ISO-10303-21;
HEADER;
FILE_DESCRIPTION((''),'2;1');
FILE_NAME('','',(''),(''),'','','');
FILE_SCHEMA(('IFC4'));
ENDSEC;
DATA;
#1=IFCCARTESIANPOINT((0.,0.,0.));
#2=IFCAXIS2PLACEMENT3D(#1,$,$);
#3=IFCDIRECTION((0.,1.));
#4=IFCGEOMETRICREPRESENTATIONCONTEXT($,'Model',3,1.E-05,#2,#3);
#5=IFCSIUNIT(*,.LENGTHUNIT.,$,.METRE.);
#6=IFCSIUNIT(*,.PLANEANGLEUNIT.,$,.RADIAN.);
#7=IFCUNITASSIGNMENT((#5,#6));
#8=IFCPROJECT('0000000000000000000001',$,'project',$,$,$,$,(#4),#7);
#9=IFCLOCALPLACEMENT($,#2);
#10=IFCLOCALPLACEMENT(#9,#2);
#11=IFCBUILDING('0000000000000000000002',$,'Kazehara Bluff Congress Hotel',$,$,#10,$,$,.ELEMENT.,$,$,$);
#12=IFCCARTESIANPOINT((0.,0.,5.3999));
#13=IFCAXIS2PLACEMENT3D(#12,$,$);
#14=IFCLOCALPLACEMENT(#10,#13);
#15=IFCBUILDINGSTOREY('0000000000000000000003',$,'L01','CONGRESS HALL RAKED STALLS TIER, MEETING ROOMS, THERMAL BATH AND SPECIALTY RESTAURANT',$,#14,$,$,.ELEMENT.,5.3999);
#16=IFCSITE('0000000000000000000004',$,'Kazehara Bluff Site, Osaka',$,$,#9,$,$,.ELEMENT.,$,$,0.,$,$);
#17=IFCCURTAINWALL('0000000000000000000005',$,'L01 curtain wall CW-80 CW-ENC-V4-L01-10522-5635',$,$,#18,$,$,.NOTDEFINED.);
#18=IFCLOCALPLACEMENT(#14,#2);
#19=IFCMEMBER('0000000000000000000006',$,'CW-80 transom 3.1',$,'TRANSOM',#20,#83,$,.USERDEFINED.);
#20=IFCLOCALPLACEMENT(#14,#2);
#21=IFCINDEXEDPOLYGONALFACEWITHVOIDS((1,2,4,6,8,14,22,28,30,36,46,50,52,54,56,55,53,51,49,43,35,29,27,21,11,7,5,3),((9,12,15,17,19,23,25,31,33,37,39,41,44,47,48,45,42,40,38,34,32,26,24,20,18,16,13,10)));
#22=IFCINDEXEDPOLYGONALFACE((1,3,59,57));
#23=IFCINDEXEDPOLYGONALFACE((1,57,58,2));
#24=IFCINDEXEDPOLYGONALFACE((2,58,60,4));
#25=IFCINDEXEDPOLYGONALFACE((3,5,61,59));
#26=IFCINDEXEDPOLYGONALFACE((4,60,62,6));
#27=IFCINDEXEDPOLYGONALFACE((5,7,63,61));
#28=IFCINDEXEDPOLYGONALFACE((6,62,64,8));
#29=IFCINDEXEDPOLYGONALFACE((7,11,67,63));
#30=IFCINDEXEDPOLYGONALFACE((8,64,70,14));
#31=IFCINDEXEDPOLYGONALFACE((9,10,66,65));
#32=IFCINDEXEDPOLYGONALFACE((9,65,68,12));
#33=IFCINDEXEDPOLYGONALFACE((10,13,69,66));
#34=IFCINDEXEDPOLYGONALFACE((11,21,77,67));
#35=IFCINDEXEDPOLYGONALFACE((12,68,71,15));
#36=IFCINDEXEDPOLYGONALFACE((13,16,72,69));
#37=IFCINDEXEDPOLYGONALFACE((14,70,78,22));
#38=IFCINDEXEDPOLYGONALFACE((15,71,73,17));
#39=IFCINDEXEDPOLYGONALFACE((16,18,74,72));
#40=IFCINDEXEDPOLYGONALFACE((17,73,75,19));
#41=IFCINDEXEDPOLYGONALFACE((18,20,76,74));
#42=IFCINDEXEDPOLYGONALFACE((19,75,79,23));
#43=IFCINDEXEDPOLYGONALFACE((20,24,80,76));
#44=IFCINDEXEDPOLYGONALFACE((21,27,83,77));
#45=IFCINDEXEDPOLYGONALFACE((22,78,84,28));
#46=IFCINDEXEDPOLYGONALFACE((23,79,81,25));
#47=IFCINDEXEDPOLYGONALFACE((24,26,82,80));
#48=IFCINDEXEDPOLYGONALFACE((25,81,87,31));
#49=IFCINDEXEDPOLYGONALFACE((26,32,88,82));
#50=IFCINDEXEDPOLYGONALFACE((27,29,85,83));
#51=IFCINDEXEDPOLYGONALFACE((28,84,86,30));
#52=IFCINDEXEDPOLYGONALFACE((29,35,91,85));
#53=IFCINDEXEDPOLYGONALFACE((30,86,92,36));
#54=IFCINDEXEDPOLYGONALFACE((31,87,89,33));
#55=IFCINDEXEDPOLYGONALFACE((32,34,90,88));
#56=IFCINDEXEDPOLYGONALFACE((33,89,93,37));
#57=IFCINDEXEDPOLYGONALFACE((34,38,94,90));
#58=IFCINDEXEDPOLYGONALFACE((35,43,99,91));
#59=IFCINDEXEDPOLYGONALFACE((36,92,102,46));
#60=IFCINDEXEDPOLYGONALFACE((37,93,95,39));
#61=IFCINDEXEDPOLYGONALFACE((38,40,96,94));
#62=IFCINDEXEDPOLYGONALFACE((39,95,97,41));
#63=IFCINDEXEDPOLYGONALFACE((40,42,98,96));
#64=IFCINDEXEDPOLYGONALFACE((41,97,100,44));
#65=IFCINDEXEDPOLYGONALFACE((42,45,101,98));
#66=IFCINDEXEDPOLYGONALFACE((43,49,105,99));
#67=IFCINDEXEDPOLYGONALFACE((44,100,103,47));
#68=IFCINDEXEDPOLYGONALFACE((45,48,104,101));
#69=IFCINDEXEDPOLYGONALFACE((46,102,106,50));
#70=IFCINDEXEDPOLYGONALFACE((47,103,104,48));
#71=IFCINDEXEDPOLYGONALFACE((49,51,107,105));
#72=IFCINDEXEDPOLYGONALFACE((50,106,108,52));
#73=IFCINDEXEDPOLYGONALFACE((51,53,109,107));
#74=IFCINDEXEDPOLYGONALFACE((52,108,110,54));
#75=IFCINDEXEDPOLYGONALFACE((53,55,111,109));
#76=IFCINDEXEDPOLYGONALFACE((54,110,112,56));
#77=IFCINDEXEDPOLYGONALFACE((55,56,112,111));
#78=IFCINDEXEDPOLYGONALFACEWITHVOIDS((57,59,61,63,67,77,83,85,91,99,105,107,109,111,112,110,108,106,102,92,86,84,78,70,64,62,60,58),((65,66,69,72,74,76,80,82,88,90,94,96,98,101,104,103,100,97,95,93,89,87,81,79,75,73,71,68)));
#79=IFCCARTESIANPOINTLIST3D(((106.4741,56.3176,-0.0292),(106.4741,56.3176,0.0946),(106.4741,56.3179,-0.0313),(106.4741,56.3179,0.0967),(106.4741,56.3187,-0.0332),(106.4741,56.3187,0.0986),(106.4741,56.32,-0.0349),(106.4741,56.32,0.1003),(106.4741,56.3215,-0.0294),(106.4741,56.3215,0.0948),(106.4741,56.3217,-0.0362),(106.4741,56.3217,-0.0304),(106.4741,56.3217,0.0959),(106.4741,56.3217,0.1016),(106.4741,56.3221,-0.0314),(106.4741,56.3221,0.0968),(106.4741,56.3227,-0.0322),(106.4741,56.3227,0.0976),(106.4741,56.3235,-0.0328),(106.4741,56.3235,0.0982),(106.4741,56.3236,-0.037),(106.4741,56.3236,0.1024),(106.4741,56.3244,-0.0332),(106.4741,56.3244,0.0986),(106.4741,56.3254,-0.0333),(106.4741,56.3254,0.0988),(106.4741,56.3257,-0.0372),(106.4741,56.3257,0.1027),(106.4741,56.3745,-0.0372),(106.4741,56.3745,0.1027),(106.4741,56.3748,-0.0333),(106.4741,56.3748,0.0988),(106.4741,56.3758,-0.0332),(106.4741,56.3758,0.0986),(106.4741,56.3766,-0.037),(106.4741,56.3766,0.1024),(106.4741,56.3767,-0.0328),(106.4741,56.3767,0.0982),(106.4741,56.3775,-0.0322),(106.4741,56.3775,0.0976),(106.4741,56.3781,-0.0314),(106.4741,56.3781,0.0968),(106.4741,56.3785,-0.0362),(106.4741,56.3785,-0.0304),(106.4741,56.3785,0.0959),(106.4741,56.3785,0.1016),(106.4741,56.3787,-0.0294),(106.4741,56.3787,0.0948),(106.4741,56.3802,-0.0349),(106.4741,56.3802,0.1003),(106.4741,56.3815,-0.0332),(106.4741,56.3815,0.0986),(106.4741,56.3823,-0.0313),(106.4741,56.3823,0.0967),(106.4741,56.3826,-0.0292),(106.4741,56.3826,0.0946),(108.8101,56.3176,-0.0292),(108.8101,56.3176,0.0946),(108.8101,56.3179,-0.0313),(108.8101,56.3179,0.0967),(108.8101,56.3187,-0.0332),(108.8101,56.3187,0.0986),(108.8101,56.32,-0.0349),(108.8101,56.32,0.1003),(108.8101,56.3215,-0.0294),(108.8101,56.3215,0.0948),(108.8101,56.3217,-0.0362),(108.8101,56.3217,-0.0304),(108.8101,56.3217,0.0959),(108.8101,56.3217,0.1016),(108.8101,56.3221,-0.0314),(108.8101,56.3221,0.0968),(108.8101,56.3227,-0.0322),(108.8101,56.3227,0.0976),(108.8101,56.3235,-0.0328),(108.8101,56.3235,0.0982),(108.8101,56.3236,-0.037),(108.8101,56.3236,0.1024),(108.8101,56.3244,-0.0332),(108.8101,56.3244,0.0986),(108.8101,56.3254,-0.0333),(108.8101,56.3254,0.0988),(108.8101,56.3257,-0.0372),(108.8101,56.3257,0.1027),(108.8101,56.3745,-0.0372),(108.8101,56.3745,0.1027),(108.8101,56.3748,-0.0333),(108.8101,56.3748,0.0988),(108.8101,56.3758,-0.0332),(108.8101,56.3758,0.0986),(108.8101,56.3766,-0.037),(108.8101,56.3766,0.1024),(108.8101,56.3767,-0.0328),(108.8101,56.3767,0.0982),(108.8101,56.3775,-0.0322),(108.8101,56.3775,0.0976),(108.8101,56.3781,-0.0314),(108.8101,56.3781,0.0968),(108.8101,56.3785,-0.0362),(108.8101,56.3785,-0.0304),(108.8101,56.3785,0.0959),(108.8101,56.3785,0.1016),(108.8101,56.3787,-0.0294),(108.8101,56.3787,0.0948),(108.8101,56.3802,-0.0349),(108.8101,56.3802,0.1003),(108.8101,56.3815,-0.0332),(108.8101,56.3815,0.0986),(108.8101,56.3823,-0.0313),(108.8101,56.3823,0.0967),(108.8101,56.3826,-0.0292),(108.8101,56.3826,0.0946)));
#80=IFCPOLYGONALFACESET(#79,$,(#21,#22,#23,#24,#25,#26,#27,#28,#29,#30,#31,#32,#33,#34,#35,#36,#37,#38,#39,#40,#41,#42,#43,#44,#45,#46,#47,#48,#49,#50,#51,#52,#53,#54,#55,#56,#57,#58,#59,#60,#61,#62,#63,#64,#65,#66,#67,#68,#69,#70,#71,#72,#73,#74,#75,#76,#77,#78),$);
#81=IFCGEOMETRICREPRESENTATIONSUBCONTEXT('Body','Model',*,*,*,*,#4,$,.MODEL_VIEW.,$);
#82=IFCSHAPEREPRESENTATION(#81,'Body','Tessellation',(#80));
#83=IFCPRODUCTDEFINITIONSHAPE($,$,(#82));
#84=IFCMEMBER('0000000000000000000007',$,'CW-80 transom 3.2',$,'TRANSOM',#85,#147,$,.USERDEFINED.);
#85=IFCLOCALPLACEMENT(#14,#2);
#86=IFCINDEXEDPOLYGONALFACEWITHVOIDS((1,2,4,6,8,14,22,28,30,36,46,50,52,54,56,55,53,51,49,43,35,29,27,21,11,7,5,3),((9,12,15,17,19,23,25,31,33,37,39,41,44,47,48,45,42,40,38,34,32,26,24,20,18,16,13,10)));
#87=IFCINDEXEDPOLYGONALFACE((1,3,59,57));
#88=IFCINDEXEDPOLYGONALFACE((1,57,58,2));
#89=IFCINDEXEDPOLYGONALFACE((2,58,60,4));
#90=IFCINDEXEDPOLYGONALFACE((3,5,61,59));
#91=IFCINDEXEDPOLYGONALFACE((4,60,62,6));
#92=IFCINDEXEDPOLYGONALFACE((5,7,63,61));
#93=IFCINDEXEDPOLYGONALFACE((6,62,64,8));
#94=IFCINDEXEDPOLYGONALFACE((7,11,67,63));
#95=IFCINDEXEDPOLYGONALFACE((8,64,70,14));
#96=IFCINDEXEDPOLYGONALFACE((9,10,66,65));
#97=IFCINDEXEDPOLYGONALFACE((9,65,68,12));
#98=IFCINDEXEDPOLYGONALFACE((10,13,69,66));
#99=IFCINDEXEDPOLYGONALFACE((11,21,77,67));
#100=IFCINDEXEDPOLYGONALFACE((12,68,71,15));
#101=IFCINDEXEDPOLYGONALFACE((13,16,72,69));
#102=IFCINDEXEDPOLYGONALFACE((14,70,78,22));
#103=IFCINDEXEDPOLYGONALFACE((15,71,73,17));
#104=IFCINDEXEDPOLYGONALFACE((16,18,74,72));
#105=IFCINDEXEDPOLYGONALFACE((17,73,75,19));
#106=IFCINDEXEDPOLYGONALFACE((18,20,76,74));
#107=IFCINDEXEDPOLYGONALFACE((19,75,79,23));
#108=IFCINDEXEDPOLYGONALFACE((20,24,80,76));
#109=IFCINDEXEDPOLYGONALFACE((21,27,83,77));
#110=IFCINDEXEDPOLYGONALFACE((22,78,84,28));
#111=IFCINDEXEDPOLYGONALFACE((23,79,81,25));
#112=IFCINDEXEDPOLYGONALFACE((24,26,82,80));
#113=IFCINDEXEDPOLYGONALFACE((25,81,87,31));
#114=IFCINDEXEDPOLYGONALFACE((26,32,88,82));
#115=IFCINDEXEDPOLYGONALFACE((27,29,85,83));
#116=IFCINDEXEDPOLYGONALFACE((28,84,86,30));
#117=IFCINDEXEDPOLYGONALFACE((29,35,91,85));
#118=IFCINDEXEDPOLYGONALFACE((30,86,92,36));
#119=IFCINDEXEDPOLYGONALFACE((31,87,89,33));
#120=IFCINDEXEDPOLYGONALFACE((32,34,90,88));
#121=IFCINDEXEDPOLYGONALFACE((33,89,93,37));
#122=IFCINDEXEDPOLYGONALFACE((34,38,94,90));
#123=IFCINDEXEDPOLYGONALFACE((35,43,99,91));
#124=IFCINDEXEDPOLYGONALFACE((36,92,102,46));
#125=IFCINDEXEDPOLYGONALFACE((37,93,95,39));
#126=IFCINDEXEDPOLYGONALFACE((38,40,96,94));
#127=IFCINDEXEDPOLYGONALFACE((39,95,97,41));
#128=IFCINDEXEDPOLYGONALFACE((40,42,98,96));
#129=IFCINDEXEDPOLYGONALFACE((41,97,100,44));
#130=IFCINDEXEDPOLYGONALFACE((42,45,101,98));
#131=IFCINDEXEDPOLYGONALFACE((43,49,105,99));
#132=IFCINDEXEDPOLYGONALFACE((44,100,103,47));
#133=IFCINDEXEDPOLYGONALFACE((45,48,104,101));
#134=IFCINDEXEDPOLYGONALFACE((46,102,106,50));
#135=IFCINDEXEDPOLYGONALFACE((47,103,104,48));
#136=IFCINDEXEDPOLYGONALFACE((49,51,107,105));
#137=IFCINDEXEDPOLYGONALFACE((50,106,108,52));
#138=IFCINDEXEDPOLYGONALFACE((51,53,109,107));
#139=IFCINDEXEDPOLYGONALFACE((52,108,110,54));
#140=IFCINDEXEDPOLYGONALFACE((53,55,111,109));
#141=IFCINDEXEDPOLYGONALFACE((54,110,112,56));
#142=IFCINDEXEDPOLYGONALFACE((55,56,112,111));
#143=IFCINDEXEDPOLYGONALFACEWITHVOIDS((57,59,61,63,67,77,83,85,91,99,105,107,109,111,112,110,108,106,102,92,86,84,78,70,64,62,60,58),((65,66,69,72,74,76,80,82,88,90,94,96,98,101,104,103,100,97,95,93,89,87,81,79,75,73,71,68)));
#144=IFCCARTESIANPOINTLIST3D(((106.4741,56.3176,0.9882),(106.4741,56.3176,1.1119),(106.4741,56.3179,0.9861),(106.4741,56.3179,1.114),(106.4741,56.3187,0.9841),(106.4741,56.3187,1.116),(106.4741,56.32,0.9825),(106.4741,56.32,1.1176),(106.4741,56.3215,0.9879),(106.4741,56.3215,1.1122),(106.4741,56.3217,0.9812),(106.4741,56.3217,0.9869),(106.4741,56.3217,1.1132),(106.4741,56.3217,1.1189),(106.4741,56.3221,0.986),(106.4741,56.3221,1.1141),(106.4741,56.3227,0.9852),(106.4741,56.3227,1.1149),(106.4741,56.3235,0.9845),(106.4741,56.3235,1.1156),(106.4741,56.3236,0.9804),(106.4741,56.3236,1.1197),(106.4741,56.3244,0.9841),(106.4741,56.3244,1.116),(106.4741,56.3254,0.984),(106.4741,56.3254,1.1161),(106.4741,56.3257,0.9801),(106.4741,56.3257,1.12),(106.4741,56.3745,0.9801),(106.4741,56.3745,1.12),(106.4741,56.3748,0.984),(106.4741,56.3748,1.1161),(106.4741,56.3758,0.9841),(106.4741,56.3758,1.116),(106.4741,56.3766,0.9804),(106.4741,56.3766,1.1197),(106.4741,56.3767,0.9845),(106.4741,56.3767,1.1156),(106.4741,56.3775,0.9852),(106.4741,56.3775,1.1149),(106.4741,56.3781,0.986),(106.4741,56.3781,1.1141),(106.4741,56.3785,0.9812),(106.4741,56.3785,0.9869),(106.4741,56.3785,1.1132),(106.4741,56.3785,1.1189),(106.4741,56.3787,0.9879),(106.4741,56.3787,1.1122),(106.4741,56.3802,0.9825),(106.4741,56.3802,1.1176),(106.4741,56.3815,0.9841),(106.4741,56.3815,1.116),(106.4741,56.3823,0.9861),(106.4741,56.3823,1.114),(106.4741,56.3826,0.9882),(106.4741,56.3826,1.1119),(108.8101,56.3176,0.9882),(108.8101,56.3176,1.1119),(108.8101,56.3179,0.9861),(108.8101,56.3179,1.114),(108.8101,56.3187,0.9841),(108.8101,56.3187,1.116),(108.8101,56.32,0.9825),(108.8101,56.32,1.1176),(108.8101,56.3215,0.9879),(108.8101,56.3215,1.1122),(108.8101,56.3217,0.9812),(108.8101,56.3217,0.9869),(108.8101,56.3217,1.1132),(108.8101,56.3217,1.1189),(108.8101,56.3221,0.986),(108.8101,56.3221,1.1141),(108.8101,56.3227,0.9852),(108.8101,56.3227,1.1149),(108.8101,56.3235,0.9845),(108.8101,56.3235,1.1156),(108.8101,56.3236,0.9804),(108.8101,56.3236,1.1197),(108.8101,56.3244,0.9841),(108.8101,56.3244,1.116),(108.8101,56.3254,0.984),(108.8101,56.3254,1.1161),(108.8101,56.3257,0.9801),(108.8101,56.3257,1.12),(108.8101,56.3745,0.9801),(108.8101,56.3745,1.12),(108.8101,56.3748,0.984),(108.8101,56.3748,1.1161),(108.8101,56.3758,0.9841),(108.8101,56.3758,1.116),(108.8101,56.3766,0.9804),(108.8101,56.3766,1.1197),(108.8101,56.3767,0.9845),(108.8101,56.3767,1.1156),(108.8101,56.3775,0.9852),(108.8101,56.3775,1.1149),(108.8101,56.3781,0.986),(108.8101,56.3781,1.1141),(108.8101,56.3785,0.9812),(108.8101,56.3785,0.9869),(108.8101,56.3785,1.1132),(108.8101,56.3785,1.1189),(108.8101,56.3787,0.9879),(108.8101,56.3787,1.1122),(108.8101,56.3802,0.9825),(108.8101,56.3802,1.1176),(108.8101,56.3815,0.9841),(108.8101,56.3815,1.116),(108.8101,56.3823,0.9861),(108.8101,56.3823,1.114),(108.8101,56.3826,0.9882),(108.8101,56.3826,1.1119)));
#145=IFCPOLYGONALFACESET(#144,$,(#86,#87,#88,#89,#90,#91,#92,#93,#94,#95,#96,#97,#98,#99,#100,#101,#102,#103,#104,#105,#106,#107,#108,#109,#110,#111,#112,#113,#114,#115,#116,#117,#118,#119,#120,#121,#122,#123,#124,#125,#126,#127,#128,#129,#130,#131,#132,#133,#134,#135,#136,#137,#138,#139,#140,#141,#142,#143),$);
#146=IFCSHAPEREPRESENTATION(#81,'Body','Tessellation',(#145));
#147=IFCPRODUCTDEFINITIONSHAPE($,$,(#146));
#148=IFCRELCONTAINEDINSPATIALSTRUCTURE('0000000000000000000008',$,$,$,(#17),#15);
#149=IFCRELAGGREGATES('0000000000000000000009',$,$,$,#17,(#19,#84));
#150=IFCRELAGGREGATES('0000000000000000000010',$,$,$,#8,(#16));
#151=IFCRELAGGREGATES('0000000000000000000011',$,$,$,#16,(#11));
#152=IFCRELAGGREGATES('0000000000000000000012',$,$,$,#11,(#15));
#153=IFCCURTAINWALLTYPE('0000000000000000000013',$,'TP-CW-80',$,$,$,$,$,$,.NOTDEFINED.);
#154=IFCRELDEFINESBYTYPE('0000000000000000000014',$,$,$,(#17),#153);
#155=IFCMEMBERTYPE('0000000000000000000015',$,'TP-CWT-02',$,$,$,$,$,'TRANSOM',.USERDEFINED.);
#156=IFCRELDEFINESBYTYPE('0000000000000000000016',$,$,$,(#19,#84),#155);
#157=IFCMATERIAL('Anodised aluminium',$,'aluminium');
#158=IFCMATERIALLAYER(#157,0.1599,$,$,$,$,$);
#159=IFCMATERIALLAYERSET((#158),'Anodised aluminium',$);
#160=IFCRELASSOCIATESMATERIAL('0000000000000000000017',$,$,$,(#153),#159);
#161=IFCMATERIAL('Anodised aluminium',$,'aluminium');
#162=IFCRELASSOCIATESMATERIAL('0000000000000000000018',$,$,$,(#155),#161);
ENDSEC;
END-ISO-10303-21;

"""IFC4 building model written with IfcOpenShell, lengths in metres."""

from ifc_helpers import new_model, si_unit, direction, frame, origin, origin_2d, place, context, subcontext, project, spatial, hollow_rectangle, extrude, material, layer, layer_set, material_profile, profile_set, type_object, element, aggregate, save


model = new_model("IFC4")

# Units and contexts
model_context = context("Model", 3, precision=1e-05, world=origin(), true_north=direction((0.0, 1.0)))
body_context = subcontext(model_context, "Body", "Model", "MODEL_VIEW")
ifc_project = project(units=[si_unit("LENGTHUNIT", "METRE"), si_unit("PLANEANGLEUNIT", "RADIAN")], contexts=[model_context])

# Site, building, storey
site_placement = place(None, origin())
site = spatial("IfcSite", under=ifc_project, at=site_placement, Name="Kazehara Bluff Site, Osaka", CompositionType="ELEMENT", RefElevation=0.0)
building_placement = place(site_placement, origin())
building = spatial("IfcBuilding", under=site, at=building_placement, Name="Kazehara Bluff Congress Hotel", CompositionType="ELEMENT")
storey_placement = place(building_placement, frame((0.0, 0.0, 5.3999)))
storey = spatial("IfcBuildingStorey", under=building, at=storey_placement, Name="L01", Description="CONGRESS HALL RAKED STALLS TIER, MEETING ROOMS, THERMAL BATH AND SPECIALTY RESTAURANT", CompositionType="ELEMENT", Elevation=5.3999)

# Curtain wall, members
ifc_material_1 = material(Name="Anodised aluminium", Category="aluminium")
ifc_layer_1 = layer(ifc_material_1, 0.1599)
ifc_layer_set_1 = layer_set([ifc_layer_1], Name="Anodised aluminium")
curtain_wall_type_1 = type_object("IfcCurtainWallType", Name="TP-CW-80", PredefinedType="NOTDEFINED", material=ifc_layer_set_1)
curtain_wall_1_placement = place(storey_placement, origin())
curtain_wall_1 = element("IfcCurtainWall", 1, at=curtain_wall_1_placement, inside=storey, type_object=curtain_wall_type_1, Name="L01 curtain wall CW-80 CW-ENC-V4-L01-10522-5635", PredefinedType="NOTDEFINED")
ifc_material_2 = material(Name="Anodised aluminium", Category="aluminium")
ifc_material_profile_1 = material_profile(ifc_material_2, hollow_rectangle(XDim=0.0649, YDim=0.1399, WallThickness=0.0039, InnerFilletRadius=0.0039, OuterFilletRadius=0.0081, at=origin_2d()))
ifc_profile_set_1 = profile_set([ifc_material_profile_1], Name="Anodised aluminium")
member_type_1 = type_object("IfcMemberType", Name="TP-CWT-02", ElementType="TRANSOM", PredefinedType="USERDEFINED", material=ifc_profile_set_1)
member_1_placement = place(storey_placement, frame((106.4741, 56.3501, 0.0327), z_axis=(1.0, 0.0, 0.0), x_axis=(0.0, 1.0, 0.0)))
member_1 = element("IfcMember", 2, at=member_1_placement, type_object=member_type_1, Name="CW-80 transom 3.1", ObjectType="TRANSOM", PredefinedType="USERDEFINED", context=body_context, shape_type="SweptSolid", body=[
    extrude(hollow_rectangle(XDim=0.0649, YDim=0.1399, WallThickness=0.0039, InnerFilletRadius=0.0039, OuterFilletRadius=0.0081, at=origin_2d()), origin(), (0.0, 0.0, 1.0), 2.3359),
])
member_2_placement = place(storey_placement, frame((106.4741, 56.3501, 1.05), z_axis=(1.0, 0.0, 0.0), x_axis=(0.0, 1.0, 0.0)))
member_2 = element("IfcMember", 3, at=member_2_placement, type_object=member_type_1, Name="CW-80 transom 3.2", ObjectType="TRANSOM", PredefinedType="USERDEFINED", context=body_context, shape_type="SweptSolid", body=[
    extrude(hollow_rectangle(XDim=0.0649, YDim=0.1399, WallThickness=0.0039, InnerFilletRadius=0.0039, OuterFilletRadius=0.0081, at=origin_2d()), origin(), (0.0, 0.0, 1.0), 2.3359),
])

aggregate(curtain_wall_1, [member_1, member_2])

save(model, "model.ifc")
